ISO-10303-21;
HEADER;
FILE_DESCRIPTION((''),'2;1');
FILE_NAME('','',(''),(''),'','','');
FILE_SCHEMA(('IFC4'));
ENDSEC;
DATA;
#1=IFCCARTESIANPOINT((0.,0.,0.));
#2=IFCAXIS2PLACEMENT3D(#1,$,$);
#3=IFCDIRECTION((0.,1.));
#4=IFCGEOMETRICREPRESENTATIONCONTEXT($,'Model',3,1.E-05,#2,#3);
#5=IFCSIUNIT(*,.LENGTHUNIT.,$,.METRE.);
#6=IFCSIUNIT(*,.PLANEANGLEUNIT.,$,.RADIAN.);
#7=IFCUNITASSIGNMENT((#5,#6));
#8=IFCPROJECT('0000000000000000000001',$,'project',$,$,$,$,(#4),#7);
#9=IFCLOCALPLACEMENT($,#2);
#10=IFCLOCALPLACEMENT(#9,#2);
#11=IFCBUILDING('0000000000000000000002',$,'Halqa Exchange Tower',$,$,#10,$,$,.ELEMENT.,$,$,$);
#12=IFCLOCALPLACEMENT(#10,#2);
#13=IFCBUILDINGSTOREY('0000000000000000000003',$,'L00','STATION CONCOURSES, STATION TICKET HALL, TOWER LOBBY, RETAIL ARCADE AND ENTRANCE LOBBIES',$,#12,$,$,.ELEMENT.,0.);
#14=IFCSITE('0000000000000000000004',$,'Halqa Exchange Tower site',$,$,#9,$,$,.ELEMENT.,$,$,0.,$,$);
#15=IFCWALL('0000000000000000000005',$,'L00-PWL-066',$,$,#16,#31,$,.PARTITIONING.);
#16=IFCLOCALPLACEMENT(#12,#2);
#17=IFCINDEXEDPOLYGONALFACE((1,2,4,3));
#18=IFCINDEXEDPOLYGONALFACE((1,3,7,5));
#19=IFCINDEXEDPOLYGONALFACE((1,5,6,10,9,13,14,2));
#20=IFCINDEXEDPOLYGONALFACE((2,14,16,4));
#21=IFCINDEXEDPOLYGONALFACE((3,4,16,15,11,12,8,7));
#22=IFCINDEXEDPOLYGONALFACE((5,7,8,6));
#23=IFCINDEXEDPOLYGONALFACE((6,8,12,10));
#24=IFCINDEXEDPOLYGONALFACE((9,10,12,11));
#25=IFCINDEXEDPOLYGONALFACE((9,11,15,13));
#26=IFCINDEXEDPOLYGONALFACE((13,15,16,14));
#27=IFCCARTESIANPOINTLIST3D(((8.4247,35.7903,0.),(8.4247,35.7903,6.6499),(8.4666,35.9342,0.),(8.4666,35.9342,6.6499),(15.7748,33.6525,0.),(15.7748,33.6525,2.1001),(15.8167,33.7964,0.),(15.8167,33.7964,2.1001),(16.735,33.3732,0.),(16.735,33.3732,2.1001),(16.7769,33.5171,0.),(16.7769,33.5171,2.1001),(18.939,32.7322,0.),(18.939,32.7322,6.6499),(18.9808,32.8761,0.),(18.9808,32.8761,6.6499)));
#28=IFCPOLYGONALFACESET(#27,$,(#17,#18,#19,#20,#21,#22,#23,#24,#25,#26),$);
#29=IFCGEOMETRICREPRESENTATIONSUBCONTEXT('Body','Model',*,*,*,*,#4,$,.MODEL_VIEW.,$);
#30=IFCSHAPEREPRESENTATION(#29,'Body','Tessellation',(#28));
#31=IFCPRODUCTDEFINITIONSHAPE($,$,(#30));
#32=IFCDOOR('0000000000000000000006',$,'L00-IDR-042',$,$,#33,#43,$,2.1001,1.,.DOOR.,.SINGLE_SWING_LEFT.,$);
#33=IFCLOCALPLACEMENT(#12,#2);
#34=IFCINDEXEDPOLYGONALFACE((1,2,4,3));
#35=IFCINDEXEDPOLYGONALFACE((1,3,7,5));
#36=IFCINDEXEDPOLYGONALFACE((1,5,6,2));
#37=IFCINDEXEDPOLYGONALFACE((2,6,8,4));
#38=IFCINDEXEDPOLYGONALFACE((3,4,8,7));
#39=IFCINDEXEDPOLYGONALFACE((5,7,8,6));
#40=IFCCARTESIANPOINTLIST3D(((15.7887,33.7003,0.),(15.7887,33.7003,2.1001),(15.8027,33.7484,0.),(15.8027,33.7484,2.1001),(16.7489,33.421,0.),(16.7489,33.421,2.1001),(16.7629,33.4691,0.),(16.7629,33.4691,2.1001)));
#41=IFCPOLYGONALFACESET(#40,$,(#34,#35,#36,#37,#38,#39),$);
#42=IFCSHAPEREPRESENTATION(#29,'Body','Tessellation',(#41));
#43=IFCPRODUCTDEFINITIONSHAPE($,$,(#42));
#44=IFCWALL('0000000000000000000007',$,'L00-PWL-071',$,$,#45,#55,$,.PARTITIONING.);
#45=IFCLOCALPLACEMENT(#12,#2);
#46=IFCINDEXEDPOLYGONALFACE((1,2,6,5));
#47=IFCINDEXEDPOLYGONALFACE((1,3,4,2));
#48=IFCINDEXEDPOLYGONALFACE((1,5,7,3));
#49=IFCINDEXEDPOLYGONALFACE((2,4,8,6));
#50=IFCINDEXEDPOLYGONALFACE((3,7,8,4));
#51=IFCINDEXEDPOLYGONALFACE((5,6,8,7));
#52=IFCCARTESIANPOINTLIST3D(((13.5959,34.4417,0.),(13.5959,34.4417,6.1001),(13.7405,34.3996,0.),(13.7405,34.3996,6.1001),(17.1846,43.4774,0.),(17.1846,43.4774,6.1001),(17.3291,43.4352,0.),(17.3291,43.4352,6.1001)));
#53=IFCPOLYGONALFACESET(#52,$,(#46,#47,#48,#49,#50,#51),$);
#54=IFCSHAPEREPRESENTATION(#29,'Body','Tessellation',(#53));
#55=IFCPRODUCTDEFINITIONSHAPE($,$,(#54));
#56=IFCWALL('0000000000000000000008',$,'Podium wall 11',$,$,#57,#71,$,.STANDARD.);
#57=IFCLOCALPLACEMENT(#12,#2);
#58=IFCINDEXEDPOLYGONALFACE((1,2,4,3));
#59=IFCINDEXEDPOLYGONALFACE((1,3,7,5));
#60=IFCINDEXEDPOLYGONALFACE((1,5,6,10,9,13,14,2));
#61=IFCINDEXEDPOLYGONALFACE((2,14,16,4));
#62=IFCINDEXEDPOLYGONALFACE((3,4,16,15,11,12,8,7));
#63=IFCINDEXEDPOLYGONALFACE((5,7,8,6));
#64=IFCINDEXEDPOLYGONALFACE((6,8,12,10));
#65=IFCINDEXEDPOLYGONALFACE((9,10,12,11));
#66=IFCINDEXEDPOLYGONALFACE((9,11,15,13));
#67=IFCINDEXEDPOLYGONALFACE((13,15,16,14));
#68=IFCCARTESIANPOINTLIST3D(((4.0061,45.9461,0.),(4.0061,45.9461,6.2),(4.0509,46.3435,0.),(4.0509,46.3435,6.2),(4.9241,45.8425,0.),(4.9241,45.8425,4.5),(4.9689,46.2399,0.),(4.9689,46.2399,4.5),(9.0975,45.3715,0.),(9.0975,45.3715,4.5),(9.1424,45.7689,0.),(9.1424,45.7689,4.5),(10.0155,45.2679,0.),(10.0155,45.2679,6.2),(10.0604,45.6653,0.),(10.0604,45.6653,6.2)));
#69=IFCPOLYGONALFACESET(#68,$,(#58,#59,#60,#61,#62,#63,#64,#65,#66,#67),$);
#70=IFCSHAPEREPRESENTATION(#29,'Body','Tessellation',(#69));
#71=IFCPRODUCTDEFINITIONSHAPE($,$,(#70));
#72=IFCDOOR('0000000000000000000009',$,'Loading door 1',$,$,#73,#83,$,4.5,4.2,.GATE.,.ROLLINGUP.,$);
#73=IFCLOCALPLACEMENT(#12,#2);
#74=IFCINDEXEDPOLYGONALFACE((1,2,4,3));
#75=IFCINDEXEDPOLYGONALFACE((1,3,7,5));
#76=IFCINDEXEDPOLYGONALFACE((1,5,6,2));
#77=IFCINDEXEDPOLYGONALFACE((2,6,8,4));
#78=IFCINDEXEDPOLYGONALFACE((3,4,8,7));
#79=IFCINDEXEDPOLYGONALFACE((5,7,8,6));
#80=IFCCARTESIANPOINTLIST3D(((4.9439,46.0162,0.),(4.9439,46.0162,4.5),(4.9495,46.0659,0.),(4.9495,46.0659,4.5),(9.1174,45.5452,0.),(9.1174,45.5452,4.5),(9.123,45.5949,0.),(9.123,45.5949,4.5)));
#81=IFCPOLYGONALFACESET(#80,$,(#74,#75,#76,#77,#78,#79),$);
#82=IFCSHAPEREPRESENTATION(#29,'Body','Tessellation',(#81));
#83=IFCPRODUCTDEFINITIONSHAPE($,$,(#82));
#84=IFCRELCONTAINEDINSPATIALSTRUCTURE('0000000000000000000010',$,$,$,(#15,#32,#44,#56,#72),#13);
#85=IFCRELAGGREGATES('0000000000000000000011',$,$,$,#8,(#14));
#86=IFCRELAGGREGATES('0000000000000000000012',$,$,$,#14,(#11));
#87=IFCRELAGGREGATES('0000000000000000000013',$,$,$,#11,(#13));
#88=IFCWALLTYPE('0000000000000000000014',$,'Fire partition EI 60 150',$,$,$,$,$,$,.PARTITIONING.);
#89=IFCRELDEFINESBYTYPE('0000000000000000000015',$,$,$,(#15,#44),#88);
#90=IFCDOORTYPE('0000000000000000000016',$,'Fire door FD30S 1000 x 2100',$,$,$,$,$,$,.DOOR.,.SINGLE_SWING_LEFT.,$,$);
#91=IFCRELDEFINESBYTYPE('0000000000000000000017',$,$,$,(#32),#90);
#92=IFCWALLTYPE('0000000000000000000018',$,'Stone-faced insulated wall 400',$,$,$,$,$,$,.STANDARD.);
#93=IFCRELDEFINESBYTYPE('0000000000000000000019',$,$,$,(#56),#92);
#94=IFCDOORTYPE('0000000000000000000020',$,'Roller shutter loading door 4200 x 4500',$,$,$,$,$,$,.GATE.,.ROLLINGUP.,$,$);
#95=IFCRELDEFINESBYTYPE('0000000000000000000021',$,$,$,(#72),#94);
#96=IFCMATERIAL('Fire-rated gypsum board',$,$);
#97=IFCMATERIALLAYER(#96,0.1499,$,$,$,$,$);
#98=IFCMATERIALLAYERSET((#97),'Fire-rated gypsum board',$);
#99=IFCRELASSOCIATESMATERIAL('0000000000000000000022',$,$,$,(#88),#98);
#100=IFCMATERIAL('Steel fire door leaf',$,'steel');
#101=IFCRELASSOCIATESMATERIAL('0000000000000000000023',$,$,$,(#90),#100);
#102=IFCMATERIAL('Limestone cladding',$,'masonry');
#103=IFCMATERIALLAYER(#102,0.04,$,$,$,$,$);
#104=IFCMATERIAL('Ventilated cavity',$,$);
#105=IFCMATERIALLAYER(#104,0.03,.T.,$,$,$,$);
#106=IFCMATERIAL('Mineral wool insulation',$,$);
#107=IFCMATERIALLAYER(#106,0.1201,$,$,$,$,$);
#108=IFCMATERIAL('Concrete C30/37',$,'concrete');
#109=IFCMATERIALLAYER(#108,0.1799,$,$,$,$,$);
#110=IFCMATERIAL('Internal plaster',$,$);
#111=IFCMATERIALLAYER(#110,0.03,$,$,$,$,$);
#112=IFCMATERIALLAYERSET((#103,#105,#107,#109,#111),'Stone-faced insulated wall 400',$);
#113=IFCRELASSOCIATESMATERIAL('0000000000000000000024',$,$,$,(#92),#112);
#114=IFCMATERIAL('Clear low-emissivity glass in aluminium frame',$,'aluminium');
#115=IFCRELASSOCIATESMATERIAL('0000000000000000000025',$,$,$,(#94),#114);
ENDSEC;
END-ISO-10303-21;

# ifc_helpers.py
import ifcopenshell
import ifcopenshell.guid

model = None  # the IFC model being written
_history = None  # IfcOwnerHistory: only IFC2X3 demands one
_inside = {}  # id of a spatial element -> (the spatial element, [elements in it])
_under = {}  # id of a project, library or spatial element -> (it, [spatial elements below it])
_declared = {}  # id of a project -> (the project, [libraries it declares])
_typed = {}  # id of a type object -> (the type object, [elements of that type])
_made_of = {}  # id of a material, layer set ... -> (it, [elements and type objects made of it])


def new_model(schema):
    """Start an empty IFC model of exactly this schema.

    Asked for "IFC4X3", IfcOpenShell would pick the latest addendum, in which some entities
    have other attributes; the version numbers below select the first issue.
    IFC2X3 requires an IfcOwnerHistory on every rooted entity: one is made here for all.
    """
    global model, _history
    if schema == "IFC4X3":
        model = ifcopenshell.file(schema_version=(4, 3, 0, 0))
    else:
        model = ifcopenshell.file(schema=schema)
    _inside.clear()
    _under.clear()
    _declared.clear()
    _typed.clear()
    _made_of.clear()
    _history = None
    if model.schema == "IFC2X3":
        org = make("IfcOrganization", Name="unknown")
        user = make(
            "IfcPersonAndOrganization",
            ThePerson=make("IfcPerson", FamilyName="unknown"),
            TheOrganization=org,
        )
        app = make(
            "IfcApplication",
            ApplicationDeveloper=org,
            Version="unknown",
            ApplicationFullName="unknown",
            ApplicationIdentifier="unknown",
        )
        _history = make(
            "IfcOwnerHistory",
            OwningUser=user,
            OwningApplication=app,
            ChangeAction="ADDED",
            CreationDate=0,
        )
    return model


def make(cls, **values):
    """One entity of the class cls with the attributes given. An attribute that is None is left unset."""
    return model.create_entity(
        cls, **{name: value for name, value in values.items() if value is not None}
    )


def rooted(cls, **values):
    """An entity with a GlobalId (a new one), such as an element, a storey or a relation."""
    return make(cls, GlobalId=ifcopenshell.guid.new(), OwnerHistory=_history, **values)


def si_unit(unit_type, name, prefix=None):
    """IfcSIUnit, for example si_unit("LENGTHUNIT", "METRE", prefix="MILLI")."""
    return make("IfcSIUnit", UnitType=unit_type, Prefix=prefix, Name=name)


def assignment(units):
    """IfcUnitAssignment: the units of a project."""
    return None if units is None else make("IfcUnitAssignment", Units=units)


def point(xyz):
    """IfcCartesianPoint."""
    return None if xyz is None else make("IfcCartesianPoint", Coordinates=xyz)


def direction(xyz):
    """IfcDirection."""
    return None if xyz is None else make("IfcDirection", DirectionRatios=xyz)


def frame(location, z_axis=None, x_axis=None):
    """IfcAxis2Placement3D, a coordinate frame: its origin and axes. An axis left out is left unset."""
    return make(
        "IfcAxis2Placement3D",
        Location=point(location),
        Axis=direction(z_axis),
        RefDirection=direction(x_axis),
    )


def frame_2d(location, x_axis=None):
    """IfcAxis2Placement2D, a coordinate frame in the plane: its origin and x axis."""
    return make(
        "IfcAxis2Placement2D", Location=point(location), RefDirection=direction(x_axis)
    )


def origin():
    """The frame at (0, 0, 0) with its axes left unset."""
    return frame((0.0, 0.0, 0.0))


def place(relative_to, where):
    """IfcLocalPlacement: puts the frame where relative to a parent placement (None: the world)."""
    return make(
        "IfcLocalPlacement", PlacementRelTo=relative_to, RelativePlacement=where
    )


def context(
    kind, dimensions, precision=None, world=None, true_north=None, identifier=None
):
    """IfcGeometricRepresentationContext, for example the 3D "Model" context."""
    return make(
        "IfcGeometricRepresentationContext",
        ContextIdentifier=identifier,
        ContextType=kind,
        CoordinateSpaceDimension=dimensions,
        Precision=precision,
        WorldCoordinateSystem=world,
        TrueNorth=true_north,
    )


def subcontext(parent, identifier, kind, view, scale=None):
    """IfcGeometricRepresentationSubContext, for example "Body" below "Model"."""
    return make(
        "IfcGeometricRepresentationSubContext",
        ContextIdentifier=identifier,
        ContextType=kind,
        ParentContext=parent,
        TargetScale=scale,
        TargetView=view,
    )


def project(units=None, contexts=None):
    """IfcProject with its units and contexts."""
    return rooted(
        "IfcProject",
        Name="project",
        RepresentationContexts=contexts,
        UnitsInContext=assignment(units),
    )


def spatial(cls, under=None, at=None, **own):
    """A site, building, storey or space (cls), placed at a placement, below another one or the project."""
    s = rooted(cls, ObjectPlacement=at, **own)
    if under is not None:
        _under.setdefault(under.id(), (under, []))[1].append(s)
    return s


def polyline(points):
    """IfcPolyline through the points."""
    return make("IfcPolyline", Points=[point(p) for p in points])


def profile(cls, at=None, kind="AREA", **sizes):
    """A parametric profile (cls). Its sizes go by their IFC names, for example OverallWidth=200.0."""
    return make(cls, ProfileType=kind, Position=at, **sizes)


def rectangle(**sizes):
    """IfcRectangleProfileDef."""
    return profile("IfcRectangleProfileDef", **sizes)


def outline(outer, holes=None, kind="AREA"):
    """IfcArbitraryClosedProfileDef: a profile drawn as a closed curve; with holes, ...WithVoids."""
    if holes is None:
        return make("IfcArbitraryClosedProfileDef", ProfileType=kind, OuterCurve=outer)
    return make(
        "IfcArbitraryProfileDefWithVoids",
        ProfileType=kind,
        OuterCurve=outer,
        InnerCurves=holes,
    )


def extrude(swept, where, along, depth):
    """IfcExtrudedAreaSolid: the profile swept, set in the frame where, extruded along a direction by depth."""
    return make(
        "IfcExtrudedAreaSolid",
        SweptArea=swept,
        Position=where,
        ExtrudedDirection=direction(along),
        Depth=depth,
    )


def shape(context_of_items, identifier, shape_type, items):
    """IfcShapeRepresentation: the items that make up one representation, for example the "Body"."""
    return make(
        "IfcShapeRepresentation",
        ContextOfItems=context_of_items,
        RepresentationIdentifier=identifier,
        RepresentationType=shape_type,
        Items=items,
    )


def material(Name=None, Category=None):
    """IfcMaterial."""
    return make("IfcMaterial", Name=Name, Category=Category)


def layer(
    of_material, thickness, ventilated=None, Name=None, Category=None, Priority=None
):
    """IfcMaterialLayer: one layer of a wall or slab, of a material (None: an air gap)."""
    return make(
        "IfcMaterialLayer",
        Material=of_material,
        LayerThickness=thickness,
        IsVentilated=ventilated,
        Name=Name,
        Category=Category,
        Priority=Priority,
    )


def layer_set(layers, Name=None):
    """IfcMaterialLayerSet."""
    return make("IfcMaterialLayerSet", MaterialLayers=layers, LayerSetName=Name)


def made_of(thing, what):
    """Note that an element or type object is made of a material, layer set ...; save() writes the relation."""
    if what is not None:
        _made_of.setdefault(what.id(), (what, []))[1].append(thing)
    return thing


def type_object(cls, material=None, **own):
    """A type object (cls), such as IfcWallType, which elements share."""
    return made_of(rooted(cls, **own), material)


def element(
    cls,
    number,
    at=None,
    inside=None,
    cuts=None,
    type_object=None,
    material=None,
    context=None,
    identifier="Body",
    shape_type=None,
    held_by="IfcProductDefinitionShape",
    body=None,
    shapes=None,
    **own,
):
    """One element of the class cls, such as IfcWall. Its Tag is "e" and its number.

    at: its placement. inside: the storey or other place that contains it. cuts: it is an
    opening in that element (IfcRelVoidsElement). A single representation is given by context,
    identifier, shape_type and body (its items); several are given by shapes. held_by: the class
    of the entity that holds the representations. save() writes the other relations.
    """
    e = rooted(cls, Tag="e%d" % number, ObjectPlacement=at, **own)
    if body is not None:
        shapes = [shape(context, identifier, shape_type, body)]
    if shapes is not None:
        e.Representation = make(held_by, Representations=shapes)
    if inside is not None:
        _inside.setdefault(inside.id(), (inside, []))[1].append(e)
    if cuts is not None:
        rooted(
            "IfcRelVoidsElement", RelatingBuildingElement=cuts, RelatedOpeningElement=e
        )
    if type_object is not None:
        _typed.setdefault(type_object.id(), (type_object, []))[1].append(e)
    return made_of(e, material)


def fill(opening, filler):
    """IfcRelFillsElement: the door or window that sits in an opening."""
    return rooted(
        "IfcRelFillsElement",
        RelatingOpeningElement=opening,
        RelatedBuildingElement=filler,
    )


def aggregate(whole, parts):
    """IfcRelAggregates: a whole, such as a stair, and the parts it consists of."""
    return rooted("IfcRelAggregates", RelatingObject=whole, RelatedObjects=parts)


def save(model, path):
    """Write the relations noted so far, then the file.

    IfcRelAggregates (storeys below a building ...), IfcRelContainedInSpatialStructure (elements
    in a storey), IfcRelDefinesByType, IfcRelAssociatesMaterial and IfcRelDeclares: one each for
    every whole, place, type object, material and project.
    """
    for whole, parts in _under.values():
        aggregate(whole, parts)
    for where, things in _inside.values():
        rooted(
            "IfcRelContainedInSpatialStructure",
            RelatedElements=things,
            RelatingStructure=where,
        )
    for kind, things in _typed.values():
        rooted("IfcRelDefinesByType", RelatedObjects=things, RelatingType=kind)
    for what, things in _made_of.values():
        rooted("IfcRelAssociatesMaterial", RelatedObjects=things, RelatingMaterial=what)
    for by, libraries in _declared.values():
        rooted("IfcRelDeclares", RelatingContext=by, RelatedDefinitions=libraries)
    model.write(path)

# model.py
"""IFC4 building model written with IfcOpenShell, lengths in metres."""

from ifc_helpers import new_model, si_unit, direction, frame, frame_2d, origin, place, context, subcontext, project, spatial, polyline, rectangle, outline, extrude, material, layer, layer_set, type_object, element, fill, save


model = new_model("IFC4")

# Units and contexts
model_context = context("Model", 3, precision=1e-05, world=origin(), true_north=direction((0.0, 1.0)))
body_context = subcontext(model_context, "Body", "Model", "MODEL_VIEW")
ifc_project = project(units=[si_unit("LENGTHUNIT", "METRE"), si_unit("PLANEANGLEUNIT", "RADIAN")], contexts=[model_context])

# Site, building, storey
site_placement = place(None, origin())
site = spatial("IfcSite", under=ifc_project, at=site_placement, Name="Halqa Exchange Tower site", CompositionType="ELEMENT", RefElevation=0.0)
building_placement = place(site_placement, origin())
building = spatial("IfcBuilding", under=site, at=building_placement, Name="Halqa Exchange Tower", CompositionType="ELEMENT")
storey_placement = place(building_placement, origin())
storey = spatial("IfcBuildingStorey", under=building, at=storey_placement, Name="L00", Description="STATION CONCOURSES, STATION TICKET HALL, TOWER LOBBY, RETAIL ARCADE AND ENTRANCE LOBBIES", CompositionType="ELEMENT", Elevation=0.0)

# Shared definitions
ifc_material_1 = material(Name="Fire-rated gypsum board")
ifc_layer_1 = layer(ifc_material_1, 0.1499)
ifc_layer_set_1 = layer_set([ifc_layer_1], Name="Fire-rated gypsum board")
wall_type_1 = type_object("IfcWallType", Name="Fire partition EI 60 150", PredefinedType="PARTITIONING", material=ifc_layer_set_1)

# Wall, opening, door
wall_1_placement = place(storey_placement, frame((8.4456, 35.8623, 0.0), z_axis=(0.0, 0.0, 1.0), x_axis=(0.960209, -0.279282, 0.0)))
wall_1 = element("IfcWall", 1, at=wall_1_placement, inside=storey, type_object=wall_type_1, Name="L00-PWL-066", PredefinedType="PARTITIONING", context=body_context, shape_type="SweptSolid", body=[
    extrude(rectangle(XDim=10.95, YDim=0.1499, at=frame_2d((5.4751, 0.0))), origin(), (0.0, 0.0, 1.0), 6.6499),
])
opening_1_placement = place(wall_1_placement, frame((7.6548, 0.0, 0.0)))
opening_1 = element("IfcOpeningElement", 2, at=opening_1_placement, cuts=wall_1, PredefinedType="OPENING", context=body_context, shape_type="SweptSolid", body=[
    extrude(rectangle(XDim=1.0, YDim=2.1001, at=frame_2d((0.5, 1.05))), frame((0.0, 0.0869, 0.0), z_axis=(0.0, -1.0, 0.0), x_axis=(1.0, 0.0, 0.0)), (0.0, 0.0, 1.0), 0.1738),
])
ifc_material_2 = material(Name="Steel fire door leaf", Category="steel")
door_type_1 = type_object("IfcDoorType", Name="Fire door FD30S 1000 x 2100", OperationType="SINGLE_SWING_LEFT", PredefinedType="DOOR", material=ifc_material_2)
door_1_placement = place(opening_1_placement, origin())
door_1 = element("IfcDoor", 3, at=door_1_placement, inside=storey, type_object=door_type_1, Name="L00-IDR-042", OperationType="SINGLE_SWING_LEFT", OverallHeight=2.1001, OverallWidth=1.0, PredefinedType="DOOR", context=body_context, shape_type="SweptSolid", body=[
    extrude(rectangle(XDim=1.0, YDim=2.1001, at=frame_2d((0.5, 1.05))), frame((0.0, 0.0249, 0.0), z_axis=(0.0, -1.0, 0.0), x_axis=(1.0, 0.0, 0.0)), (0.0, 0.0, 1.0), 0.05),
])
fill(opening_1, door_1)

# Wall
wall_2_placement = place(storey_placement, frame((13.6682, 34.4207, 0.0), z_axis=(0.0, 0.0, 1.0), x_axis=(0.369117, 0.929383, 0.0)))
element("IfcWall", 4, at=wall_2_placement, inside=storey, type_object=wall_type_1, Name="L00-PWL-071", PredefinedType="PARTITIONING", context=body_context, shape_type="SweptSolid", body=[
    extrude(outline(polyline([(0.0071, -0.075), (9.7292, -0.075), (9.7151, 0.075), (-0.0071, 0.075), (0.0071, -0.075)])), origin(), (0.0, 0.0, 1.0), 6.1001),
])

# Wall, opening, door
ifc_material_3 = material(Name="Limestone cladding", Category="masonry")
ifc_layer_2 = layer(ifc_material_3, 0.04)
ifc_material_4 = material(Name="Ventilated cavity")
ifc_layer_3 = layer(ifc_material_4, 0.03, ventilated=True)
ifc_material_5 = material(Name="Mineral wool insulation")
ifc_layer_4 = layer(ifc_material_5, 0.1201)
ifc_material_6 = material(Name="Concrete C30/37", Category="concrete")
ifc_layer_5 = layer(ifc_material_6, 0.1799)
ifc_material_7 = material(Name="Internal plaster")
ifc_layer_6 = layer(ifc_material_7, 0.03)
ifc_layer_set_2 = layer_set([ifc_layer_2, ifc_layer_3, ifc_layer_4, ifc_layer_5, ifc_layer_6], Name="Stone-faced insulated wall 400")
wall_type_2 = type_object("IfcWallType", Name="Stone-faced insulated wall 400", PredefinedType="STANDARD", material=ifc_layer_set_2)
ifc_material_8 = material(Name="Clear low-emissivity glass in aluminium frame", Category="aluminium")
wall_3_placement = place(storey_placement, frame((10.0381, 45.4666, 0.0), z_axis=(0.0, 0.0, 1.0), x_axis=(-0.993692, 0.112146, 0.0)))
wall_3 = element("IfcWall", 5, at=wall_3_placement, inside=storey, type_object=wall_type_2, Name="Podium wall 11", PredefinedType="STANDARD", context=body_context, shape_type="SweptSolid", body=[
    extrude(rectangle(XDim=6.0476, YDim=0.3999, at=frame_2d((3.0239, 0.0))), origin(), (0.0, 0.0, 1.0), 6.2),
])
opening_2_placement = place(wall_3_placement, frame((0.9238, 0.0, 0.0)))
opening_2 = element("IfcOpeningElement", 6, at=opening_2_placement, cuts=wall_3, PredefinedType="OPENING", context=body_context, shape_type="SweptSolid", body=[
    extrude(rectangle(XDim=4.2, YDim=4.5, at=frame_2d((2.1001, 2.25))), frame((0.0, 0.2119, 0.0), z_axis=(0.0, -1.0, 0.0), x_axis=(1.0, 0.0, 0.0)), (0.0, 0.0, 1.0), 0.4238),
])
door_type_2 = type_object("IfcDoorType", Name="Roller shutter loading door 4200 x 4500", OperationType="ROLLINGUP", PredefinedType="GATE", material=ifc_material_8)
door_2_placement = place(opening_2_placement, frame((4.2, 0.0, 0.0), z_axis=(0.0, 0.0, 1.0), x_axis=(-1.0, 0.0, 0.0)))
door_2 = element("IfcDoor", 7, at=door_2_placement, inside=storey, type_object=door_type_2, Name="Loading door 1", OperationType="ROLLINGUP", OverallHeight=4.5, OverallWidth=4.2, PredefinedType="GATE", context=body_context, shape_type="SweptSolid", body=[
    extrude(rectangle(XDim=4.2, YDim=4.5, at=frame_2d((2.1001, 2.25))), frame((0.0, 0.0249, 0.0), z_axis=(0.0, -1.0, 0.0), x_axis=(1.0, 0.0, 0.0)), (0.0, 0.0, 1.0), 0.05),
])
fill(opening_2, door_2)

save(model, "model.ifc")
